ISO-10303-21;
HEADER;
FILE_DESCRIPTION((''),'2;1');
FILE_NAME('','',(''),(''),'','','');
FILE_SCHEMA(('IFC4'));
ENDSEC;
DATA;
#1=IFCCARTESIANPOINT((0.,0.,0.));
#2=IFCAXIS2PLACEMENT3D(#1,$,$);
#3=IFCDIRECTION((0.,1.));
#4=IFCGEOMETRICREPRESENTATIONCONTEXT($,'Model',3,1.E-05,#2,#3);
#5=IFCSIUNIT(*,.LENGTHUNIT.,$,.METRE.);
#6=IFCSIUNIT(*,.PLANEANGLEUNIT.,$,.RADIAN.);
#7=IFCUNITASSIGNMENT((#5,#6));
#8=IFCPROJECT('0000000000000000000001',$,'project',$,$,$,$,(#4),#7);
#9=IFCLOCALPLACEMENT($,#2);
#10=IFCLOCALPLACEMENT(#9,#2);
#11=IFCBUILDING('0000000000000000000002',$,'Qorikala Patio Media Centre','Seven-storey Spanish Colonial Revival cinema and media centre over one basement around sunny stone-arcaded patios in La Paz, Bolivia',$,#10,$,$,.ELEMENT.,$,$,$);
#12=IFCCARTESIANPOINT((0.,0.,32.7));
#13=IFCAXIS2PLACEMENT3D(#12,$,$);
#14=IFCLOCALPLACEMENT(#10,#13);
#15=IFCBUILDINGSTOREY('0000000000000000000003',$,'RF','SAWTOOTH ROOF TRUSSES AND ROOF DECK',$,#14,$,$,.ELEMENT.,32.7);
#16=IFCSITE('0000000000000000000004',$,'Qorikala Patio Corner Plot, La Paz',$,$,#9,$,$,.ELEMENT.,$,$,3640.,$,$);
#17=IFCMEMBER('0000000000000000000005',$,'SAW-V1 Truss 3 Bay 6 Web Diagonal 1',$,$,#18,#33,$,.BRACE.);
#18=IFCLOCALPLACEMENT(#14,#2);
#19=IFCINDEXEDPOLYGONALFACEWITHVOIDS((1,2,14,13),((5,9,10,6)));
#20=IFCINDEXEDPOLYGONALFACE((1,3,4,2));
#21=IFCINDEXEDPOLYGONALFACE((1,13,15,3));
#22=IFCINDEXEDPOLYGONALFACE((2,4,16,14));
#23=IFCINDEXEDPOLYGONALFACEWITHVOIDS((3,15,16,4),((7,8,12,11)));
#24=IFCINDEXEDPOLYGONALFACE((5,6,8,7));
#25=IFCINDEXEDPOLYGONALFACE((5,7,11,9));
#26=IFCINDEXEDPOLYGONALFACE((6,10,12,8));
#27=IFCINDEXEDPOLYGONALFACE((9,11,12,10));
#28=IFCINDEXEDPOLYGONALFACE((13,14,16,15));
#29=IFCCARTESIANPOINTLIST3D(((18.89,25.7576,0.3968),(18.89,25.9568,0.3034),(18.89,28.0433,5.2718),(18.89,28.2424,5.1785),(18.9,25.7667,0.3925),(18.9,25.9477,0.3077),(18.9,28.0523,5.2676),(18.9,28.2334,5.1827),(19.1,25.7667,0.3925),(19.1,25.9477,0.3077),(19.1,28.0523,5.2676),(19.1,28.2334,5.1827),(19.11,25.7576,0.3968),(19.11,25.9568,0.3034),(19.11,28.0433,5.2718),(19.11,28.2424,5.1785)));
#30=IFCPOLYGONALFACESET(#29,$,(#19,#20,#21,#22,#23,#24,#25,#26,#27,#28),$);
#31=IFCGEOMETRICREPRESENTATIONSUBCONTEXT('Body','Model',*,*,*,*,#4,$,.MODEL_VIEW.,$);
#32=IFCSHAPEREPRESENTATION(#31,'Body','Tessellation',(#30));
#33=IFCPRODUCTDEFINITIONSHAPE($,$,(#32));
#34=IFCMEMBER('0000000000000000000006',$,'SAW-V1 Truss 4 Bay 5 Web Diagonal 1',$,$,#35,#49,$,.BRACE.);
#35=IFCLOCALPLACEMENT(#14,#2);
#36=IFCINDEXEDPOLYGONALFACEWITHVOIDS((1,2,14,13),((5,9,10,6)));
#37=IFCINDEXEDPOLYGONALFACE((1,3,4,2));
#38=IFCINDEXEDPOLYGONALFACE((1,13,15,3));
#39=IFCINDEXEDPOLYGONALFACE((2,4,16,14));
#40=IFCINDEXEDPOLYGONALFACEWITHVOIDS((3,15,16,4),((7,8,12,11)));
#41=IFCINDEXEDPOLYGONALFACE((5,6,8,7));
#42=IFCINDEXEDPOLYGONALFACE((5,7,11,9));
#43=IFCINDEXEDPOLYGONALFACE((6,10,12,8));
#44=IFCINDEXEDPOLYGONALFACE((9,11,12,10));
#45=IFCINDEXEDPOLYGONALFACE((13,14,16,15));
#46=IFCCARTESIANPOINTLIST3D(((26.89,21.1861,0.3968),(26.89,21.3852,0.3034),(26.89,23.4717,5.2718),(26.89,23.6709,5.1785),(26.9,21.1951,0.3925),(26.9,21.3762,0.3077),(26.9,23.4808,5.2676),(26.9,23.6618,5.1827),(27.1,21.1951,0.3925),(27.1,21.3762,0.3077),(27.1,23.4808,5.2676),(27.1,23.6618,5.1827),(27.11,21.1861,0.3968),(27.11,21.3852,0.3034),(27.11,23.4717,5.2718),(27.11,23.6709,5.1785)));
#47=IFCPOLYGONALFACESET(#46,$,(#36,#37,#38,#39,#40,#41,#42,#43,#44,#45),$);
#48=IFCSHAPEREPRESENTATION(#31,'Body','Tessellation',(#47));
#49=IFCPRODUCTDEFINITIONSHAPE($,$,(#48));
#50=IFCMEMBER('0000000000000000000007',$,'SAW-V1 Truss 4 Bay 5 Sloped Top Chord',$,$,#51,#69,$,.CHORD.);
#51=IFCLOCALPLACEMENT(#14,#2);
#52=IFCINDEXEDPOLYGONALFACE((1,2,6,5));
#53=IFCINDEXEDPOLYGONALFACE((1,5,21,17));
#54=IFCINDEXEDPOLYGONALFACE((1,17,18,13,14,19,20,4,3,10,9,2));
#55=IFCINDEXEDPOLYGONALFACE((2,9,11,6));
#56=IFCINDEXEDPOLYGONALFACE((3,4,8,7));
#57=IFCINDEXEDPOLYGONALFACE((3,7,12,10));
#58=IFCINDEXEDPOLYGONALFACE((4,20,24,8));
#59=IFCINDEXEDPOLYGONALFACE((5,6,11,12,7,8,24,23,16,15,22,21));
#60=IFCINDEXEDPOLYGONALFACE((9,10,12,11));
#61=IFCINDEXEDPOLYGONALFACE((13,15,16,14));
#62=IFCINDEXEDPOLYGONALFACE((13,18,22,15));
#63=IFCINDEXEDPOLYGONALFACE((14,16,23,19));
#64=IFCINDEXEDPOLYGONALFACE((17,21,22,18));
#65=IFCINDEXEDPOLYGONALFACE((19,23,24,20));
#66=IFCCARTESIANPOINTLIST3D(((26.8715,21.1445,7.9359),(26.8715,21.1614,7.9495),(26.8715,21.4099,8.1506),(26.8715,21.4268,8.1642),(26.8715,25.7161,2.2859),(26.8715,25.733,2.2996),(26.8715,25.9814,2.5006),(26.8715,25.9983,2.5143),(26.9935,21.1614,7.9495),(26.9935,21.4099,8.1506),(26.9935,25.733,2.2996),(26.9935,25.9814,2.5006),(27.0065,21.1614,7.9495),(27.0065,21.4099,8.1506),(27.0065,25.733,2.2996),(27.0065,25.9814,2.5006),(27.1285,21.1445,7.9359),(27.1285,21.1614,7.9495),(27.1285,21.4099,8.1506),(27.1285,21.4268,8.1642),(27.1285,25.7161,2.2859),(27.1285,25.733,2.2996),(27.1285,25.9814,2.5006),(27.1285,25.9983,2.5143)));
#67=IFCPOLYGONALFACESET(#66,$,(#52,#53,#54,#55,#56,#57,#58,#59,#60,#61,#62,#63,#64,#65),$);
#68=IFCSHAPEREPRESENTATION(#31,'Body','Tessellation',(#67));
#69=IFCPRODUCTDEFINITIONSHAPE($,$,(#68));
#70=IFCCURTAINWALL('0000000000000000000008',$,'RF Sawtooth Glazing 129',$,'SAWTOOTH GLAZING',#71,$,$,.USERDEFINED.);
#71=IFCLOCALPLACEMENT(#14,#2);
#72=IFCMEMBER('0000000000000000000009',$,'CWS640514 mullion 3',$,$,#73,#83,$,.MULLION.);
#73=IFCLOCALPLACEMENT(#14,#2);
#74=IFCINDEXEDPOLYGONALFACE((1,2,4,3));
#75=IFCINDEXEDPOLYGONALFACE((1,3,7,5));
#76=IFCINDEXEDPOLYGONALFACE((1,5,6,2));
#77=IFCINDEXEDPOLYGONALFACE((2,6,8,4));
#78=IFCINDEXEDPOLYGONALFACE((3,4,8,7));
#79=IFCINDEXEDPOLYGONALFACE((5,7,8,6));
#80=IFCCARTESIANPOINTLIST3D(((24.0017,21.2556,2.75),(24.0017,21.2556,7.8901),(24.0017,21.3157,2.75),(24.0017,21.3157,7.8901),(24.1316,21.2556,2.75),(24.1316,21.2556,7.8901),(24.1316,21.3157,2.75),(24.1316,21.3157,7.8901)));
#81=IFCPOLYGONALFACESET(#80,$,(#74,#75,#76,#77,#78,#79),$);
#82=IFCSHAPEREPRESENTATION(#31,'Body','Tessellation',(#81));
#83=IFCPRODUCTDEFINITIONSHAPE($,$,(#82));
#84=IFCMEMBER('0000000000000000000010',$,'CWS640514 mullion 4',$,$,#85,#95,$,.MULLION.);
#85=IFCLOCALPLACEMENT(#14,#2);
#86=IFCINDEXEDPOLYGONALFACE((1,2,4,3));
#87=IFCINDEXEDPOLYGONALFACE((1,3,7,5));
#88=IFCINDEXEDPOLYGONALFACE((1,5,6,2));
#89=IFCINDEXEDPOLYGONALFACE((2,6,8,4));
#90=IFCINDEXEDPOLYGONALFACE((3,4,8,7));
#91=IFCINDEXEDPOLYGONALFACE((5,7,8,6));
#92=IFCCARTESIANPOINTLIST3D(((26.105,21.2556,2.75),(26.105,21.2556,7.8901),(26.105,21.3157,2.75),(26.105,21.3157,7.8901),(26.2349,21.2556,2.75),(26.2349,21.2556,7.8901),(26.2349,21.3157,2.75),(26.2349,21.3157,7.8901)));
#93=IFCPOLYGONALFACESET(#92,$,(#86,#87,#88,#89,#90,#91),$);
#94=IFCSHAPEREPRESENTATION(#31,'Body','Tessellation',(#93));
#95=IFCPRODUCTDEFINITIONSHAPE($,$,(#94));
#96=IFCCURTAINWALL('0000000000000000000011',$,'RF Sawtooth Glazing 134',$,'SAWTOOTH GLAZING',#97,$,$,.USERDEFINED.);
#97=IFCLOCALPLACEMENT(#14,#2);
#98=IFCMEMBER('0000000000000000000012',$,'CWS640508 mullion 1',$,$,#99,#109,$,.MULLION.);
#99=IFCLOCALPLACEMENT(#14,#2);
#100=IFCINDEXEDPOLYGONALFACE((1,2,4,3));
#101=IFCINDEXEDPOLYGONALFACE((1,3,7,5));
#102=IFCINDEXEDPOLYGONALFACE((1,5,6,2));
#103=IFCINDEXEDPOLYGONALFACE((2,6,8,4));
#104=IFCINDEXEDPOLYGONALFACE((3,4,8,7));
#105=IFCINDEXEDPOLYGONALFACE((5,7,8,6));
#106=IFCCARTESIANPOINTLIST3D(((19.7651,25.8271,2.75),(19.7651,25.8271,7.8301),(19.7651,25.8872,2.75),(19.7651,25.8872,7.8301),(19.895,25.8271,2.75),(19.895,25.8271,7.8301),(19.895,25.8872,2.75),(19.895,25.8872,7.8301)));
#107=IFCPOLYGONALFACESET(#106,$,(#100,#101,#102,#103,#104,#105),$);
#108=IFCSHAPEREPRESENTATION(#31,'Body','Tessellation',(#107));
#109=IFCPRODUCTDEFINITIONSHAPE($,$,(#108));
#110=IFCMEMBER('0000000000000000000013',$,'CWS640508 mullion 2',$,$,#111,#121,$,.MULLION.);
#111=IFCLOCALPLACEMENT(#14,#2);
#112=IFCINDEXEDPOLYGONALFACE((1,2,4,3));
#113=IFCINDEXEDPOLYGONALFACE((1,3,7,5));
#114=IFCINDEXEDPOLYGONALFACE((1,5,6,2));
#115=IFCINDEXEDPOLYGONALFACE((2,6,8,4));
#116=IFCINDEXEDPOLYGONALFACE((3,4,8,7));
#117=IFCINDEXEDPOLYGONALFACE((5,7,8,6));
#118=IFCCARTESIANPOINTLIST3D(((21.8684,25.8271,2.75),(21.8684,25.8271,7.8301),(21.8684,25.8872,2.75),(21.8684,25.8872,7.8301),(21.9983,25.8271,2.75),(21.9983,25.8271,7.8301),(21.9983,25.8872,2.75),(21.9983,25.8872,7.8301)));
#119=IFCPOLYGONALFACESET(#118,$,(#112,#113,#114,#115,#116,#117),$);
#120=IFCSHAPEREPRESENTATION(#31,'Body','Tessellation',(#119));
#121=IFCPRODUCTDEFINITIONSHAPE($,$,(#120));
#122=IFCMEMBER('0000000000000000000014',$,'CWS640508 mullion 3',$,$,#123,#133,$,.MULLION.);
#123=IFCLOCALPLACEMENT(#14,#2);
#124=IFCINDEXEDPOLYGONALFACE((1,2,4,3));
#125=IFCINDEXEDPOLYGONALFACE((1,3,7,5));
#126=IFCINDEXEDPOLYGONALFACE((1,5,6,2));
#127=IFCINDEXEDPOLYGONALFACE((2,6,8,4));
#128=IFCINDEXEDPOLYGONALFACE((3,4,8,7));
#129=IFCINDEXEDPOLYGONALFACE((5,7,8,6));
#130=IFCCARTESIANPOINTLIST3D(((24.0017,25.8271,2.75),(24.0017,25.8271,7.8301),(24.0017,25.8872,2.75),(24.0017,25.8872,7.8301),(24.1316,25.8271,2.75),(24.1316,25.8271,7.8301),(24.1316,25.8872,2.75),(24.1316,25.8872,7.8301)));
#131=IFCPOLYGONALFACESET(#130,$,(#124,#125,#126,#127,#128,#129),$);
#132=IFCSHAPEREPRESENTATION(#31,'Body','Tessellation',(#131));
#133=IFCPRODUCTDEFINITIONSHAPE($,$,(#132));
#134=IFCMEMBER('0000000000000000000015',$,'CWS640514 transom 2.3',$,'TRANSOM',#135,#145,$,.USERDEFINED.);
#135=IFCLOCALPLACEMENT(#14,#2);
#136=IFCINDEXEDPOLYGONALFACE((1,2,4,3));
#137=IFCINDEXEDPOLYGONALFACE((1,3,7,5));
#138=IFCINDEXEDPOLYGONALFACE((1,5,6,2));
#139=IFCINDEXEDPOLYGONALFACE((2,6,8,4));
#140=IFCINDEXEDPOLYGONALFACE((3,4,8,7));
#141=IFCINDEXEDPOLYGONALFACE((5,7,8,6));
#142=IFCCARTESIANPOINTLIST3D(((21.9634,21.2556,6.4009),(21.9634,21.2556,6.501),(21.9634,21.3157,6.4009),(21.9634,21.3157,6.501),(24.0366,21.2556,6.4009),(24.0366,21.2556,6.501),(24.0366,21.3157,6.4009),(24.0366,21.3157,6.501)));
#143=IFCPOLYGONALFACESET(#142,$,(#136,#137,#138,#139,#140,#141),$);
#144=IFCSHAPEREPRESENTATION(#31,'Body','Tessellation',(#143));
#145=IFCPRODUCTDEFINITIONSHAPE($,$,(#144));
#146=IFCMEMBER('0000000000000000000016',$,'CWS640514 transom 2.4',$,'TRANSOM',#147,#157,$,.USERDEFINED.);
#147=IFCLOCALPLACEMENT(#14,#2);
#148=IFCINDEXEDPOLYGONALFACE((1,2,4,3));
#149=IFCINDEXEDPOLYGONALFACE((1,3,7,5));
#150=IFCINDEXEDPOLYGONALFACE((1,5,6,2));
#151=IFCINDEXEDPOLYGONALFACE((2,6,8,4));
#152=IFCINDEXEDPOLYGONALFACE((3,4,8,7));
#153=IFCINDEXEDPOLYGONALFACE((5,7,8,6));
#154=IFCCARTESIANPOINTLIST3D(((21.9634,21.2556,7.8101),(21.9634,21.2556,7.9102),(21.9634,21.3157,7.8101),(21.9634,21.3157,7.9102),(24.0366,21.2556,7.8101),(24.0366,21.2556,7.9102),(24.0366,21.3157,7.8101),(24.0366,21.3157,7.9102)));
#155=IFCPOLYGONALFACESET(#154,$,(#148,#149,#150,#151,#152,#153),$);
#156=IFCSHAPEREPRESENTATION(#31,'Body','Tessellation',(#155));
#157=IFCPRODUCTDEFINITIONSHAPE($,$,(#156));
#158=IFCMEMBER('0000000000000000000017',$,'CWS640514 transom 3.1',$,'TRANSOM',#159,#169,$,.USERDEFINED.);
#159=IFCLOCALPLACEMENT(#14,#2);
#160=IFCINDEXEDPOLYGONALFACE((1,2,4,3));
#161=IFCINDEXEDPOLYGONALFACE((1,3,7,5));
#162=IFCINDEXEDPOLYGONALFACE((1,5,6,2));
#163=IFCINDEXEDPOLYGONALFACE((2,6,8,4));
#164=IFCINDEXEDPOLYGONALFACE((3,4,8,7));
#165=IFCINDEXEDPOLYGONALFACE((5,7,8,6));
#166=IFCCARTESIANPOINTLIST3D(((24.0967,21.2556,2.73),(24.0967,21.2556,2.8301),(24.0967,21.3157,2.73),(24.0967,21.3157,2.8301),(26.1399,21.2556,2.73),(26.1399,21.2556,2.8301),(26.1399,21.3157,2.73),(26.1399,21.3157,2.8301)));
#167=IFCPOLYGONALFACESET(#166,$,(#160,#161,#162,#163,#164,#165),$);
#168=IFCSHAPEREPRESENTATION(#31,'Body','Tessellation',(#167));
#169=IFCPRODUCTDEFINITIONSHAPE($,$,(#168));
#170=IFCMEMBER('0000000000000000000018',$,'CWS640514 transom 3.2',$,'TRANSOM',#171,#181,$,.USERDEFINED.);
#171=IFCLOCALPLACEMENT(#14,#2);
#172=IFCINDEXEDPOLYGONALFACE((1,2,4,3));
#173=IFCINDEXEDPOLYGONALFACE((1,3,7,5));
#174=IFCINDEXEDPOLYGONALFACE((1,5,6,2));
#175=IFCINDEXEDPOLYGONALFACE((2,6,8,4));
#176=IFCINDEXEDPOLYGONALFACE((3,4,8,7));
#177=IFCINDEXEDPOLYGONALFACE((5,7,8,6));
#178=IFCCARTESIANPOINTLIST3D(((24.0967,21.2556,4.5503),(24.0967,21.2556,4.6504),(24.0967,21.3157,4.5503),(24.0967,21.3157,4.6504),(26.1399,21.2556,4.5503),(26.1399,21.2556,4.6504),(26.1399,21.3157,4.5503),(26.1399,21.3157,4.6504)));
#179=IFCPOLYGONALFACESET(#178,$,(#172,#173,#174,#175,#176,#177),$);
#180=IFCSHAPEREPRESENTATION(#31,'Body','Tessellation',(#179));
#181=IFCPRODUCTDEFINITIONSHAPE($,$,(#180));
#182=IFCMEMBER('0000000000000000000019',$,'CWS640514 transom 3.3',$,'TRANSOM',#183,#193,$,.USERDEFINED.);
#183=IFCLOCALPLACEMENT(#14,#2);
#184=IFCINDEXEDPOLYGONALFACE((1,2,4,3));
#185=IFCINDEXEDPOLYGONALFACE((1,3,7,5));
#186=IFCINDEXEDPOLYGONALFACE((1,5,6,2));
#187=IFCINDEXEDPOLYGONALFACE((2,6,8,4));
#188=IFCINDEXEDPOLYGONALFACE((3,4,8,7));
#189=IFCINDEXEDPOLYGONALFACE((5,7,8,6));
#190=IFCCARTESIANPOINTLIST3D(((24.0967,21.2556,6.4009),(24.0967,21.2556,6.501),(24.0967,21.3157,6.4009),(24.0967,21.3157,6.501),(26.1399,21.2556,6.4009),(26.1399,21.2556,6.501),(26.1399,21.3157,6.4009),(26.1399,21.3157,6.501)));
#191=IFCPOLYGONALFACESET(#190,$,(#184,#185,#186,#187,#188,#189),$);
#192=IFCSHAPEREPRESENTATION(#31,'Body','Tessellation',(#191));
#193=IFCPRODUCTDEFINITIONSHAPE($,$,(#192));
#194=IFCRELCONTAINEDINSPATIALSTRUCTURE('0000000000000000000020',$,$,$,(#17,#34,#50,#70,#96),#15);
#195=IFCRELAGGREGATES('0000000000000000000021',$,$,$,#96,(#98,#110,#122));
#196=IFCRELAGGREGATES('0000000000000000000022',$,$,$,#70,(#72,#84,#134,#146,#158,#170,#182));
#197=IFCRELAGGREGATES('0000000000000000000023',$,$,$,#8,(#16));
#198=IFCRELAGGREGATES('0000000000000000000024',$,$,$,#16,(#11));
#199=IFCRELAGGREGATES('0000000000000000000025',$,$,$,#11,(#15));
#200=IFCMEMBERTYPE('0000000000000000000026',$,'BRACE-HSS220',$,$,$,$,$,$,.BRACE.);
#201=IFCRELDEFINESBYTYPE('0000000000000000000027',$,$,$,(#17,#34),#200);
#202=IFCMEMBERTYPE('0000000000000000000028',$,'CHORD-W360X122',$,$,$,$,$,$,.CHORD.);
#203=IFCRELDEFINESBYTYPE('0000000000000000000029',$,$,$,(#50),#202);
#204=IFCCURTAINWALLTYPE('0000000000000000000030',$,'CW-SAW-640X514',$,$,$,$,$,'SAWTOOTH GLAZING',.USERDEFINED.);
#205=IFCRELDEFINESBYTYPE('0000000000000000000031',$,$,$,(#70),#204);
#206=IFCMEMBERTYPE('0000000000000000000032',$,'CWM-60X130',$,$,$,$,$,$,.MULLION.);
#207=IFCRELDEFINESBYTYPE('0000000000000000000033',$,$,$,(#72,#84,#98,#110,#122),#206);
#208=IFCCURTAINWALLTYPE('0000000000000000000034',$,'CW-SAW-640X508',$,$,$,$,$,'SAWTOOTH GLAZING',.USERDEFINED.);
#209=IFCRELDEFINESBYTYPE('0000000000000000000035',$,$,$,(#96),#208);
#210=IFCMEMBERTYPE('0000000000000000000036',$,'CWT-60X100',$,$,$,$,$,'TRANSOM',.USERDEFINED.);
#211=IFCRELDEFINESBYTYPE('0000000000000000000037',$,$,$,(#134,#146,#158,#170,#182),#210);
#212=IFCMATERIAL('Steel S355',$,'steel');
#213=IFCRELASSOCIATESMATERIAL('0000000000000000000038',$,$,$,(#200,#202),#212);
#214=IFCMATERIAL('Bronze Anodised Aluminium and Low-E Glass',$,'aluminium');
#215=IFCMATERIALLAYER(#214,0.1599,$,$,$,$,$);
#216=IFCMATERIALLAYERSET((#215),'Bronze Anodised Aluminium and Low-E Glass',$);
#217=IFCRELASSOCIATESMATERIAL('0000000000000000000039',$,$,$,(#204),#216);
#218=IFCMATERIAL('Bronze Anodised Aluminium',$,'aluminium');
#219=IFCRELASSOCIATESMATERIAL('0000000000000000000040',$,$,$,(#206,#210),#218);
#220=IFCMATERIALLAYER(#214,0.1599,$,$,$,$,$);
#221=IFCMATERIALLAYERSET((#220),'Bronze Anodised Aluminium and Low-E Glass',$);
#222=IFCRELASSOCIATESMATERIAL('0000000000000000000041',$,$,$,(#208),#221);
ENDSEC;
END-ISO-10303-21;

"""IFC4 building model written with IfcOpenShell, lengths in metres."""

from ifc_helpers import new_model, si_unit, direction, frame, origin, origin_2d, place, context, subcontext, project, spatial, rectangle, hollow_rectangle, i_section, extrude, material, layer, layer_set, material_profile, profile_set, type_object, element, aggregate, save


model = new_model("IFC4")

# Units and contexts
model_context = context("Model", 3, precision=1e-05, world=origin(), true_north=direction((0.0, 1.0)))
body_context = subcontext(model_context, "Body", "Model", "MODEL_VIEW")
ifc_project = project(units=[si_unit("LENGTHUNIT", "METRE"), si_unit("PLANEANGLEUNIT", "RADIAN")], contexts=[model_context])

# Site, building, storey
site_placement = place(None, origin())
site = spatial("IfcSite", under=ifc_project, at=site_placement, Name="Qorikala Patio Corner Plot, La Paz", CompositionType="ELEMENT", RefElevation=3640.0)
building_placement = place(site_placement, origin())
building = spatial("IfcBuilding", under=site, at=building_placement, Name="Qorikala Patio Media Centre", Description="Seven-storey Spanish Colonial Revival cinema and media centre over one basement around sunny stone-arcaded patios in La Paz, Bolivia", CompositionType="ELEMENT")
storey_placement = place(building_placement, frame((0.0, 0.0, 32.7)))
storey = spatial("IfcBuildingStorey", under=building, at=storey_placement, Name="RF", Description="SAWTOOTH ROOF TRUSSES AND ROOF DECK", CompositionType="ELEMENT", Elevation=32.7)

# Members
ifc_material_1 = material(Name="Steel S355", Category="steel")
ifc_material_profile_1 = material_profile(ifc_material_1, hollow_rectangle(XDim=0.22, YDim=0.22, WallThickness=0.01, at=origin_2d()), Name="HSS220X220X10")
ifc_profile_set_1 = profile_set([ifc_material_profile_1], Name="Steel S355")
member_type_1 = type_object("IfcMemberType", Name="BRACE-HSS220", PredefinedType="BRACE", material=ifc_profile_set_1)
for number, where, z_axis, x_axis, name in (
    (1, (19.0, 25.8572, 0.3501), (0.0, 0.424508, 0.905424), (-1.0, 0.0, 0.0), "SAW-V1 Truss 3 Bay 6 Web Diagonal 1"),
    (2, (27.0, 21.2856, 0.3501), (0.0, 0.424508, 0.905424), (-1.0, 0.0, 0.0), "SAW-V1 Truss 4 Bay 5 Web Diagonal 1"),
):
    element("IfcMember", number, at=place(storey_placement, frame(where, z_axis=z_axis, x_axis=x_axis)), inside=storey, type_object=member_type_1, Name=name, PredefinedType="BRACE", context=body_context, shape_type="SweptSolid", body=[
        extrude(hollow_rectangle(XDim=0.22, YDim=0.22, WallThickness=0.01, at=origin_2d()), origin(), (0.0, 0.0, 1.0), 5.3843),
    ])
ifc_material_profile_2 = material_profile(ifc_material_1, i_section(OverallWidth=0.2571, OverallDepth=0.363, WebThickness=0.0129, FlangeThickness=0.0217, at=origin_2d()), Name="W360X122")
ifc_profile_set_2 = profile_set([ifc_material_profile_2], Name="Steel S355")
member_type_2 = type_object("IfcMemberType", Name="CHORD-W360X122", PredefinedType="CHORD", material=ifc_profile_set_2)
member_1_placement = place(storey_placement, frame((27.0, 21.2856, 8.05), z_axis=(0.0, 0.629016, -0.777393), x_axis=(-1.0, 0.0, 0.0)))
element("IfcMember", 3, at=member_1_placement, inside=storey, type_object=member_type_2, Name="SAW-V1 Truss 4 Bay 5 Sloped Top Chord", PredefinedType="CHORD", context=body_context, shape_type="SweptSolid", body=[
    extrude(i_section(OverallWidth=0.2571, OverallDepth=0.363, WebThickness=0.0129, FlangeThickness=0.0217, at=origin_2d()), origin(), (0.0, 0.0, 1.0), 7.2678),
])

# Curtain walls, members
ifc_material_2 = material(Name="Bronze Anodised Aluminium and Low-E Glass", Category="aluminium")
ifc_layer_1 = layer(ifc_material_2, 0.1599)
ifc_layer_set_1 = layer_set([ifc_layer_1], Name="Bronze Anodised Aluminium and Low-E Glass")
curtain_wall_type_1 = type_object("IfcCurtainWallType", Name="CW-SAW-640X514", ElementType="SAWTOOTH GLAZING", PredefinedType="USERDEFINED", material=ifc_layer_set_1)
curtain_wall_1_placement = place(storey_placement, origin())
curtain_wall_1 = element("IfcCurtainWall", 4, at=curtain_wall_1_placement, inside=storey, type_object=curtain_wall_type_1, Name="RF Sawtooth Glazing 129", ObjectType="SAWTOOTH GLAZING", PredefinedType="USERDEFINED")
ifc_material_3 = material(Name="Bronze Anodised Aluminium", Category="aluminium")
ifc_material_profile_3 = material_profile(ifc_material_3, rectangle(XDim=0.0601, YDim=0.1299, at=origin_2d()), Name="ALU MULLION 60x130")
ifc_profile_set_3 = profile_set([ifc_material_profile_3], Name="Bronze Anodised Aluminium")
member_type_3 = type_object("IfcMemberType", Name="CWM-60X130", PredefinedType="MULLION", material=ifc_profile_set_3)
member_2_placement = place(storey_placement, frame((24.0667, 21.2856, 2.75), z_axis=(0.0, 0.0, 1.0), x_axis=(0.0, 1.0, 0.0)))
member_2 = element("IfcMember", 5, at=member_2_placement, type_object=member_type_3, Name="CWS640514 mullion 3", PredefinedType="MULLION", context=body_context, shape_type="SweptSolid", body=[
    extrude(rectangle(XDim=0.0601, YDim=0.1299, at=origin_2d()), origin(), (0.0, 0.0, 1.0), 5.1401),
])
member_3_placement = place(storey_placement, frame((26.1699, 21.2856, 2.75), z_axis=(0.0, 0.0, 1.0), x_axis=(0.0, 1.0, 0.0)))
member_3 = element("IfcMember", 6, at=member_3_placement, type_object=member_type_3, Name="CWS640514 mullion 4", PredefinedType="MULLION", context=body_context, shape_type="SweptSolid", body=[
    extrude(rectangle(XDim=0.0601, YDim=0.1299, at=origin_2d()), origin(), (0.0, 0.0, 1.0), 5.1401),
])
ifc_layer_2 = layer(ifc_material_2, 0.1599)
ifc_layer_set_2 = layer_set([ifc_layer_2], Name="Bronze Anodised Aluminium and Low-E Glass")
curtain_wall_type_2 = type_object("IfcCurtainWallType", Name="CW-SAW-640X508", ElementType="SAWTOOTH GLAZING", PredefinedType="USERDEFINED", material=ifc_layer_set_2)
curtain_wall_2_placement = place(storey_placement, origin())
curtain_wall_2 = element("IfcCurtainWall", 7, at=curtain_wall_2_placement, inside=storey, type_object=curtain_wall_type_2, Name="RF Sawtooth Glazing 134", ObjectType="SAWTOOTH GLAZING", PredefinedType="USERDEFINED")
member_4_placement = place(storey_placement, frame((19.8301, 25.8572, 2.75), z_axis=(0.0, 0.0, 1.0), x_axis=(0.0, 1.0, 0.0)))
member_4 = element("IfcMember", 8, at=member_4_placement, type_object=member_type_3, Name="CWS640508 mullion 1", PredefinedType="MULLION", context=body_context, shape_type="SweptSolid", body=[
    extrude(rectangle(XDim=0.0601, YDim=0.1299, at=origin_2d()), origin(), (0.0, 0.0, 1.0), 5.0801),
])
member_5_placement = place(storey_placement, frame((21.9333, 25.8572, 2.75), z_axis=(0.0, 0.0, 1.0), x_axis=(0.0, 1.0, 0.0)))
member_5 = element("IfcMember", 9, at=member_5_placement, type_object=member_type_3, Name="CWS640508 mullion 2", PredefinedType="MULLION", context=body_context, shape_type="SweptSolid", body=[
    extrude(rectangle(XDim=0.0601, YDim=0.1299, at=origin_2d()), origin(), (0.0, 0.0, 1.0), 5.0801),
])
member_6_placement = place(storey_placement, frame((24.0667, 25.8572, 2.75), z_axis=(0.0, 0.0, 1.0), x_axis=(0.0, 1.0, 0.0)))
member_6 = element("IfcMember", 10, at=member_6_placement, type_object=member_type_3, Name="CWS640508 mullion 3", PredefinedType="MULLION", context=body_context, shape_type="SweptSolid", body=[
    extrude(rectangle(XDim=0.0601, YDim=0.1299, at=origin_2d()), origin(), (0.0, 0.0, 1.0), 5.0801),
])
aggregate(curtain_wall_2, [member_4, member_5, member_6])

# Members
ifc_material_profile_4 = material_profile(ifc_material_3, rectangle(XDim=0.0601, YDim=0.1001, at=origin_2d()), Name="ALU TRANSOM 60x100")
ifc_profile_set_4 = profile_set([ifc_material_profile_4], Name="Bronze Anodised Aluminium")
member_type_4 = type_object("IfcMemberType", Name="CWT-60X100", ElementType="TRANSOM", PredefinedType="USERDEFINED", material=ifc_profile_set_4)
member_7_placement = place(storey_placement, frame((21.9634, 21.2856, 6.4509), z_axis=(1.0, 0.0, 0.0), x_axis=(0.0, 1.0, 0.0)))
member_7 = element("IfcMember", 11, at=member_7_placement, type_object=member_type_4, Name="CWS640514 transom 2.3", ObjectType="TRANSOM", PredefinedType="USERDEFINED", context=body_context, shape_type="SweptSolid", body=[
    extrude(rectangle(XDim=0.0601, YDim=0.1001, at=origin_2d()), origin(), (0.0, 0.0, 1.0), 2.0732),
])
member_8_placement = place(storey_placement, frame((21.9634, 21.2856, 7.8601), z_axis=(1.0, 0.0, 0.0), x_axis=(0.0, 1.0, 0.0)))
member_8 = element("IfcMember", 12, at=member_8_placement, type_object=member_type_4, Name="CWS640514 transom 2.4", ObjectType="TRANSOM", PredefinedType="USERDEFINED", context=body_context, shape_type="SweptSolid", body=[
    extrude(rectangle(XDim=0.0601, YDim=0.1001, at=origin_2d()), origin(), (0.0, 0.0, 1.0), 2.0732),
])
member_9_placement = place(storey_placement, frame((24.0967, 21.2856, 2.78), z_axis=(1.0, 0.0, 0.0), x_axis=(0.0, 1.0, 0.0)))
member_9 = element("IfcMember", 13, at=member_9_placement, type_object=member_type_4, Name="CWS640514 transom 3.1", ObjectType="TRANSOM", PredefinedType="USERDEFINED", context=body_context, shape_type="SweptSolid", body=[
    extrude(rectangle(XDim=0.0601, YDim=0.1001, at=origin_2d()), origin(), (0.0, 0.0, 1.0), 2.0432),
])
member_10_placement = place(storey_placement, frame((24.0967, 21.2856, 4.6003), z_axis=(1.0, 0.0, 0.0), x_axis=(0.0, 1.0, 0.0)))
member_10 = element("IfcMember", 14, at=member_10_placement, type_object=member_type_4, Name="CWS640514 transom 3.2", ObjectType="TRANSOM", PredefinedType="USERDEFINED", context=body_context, shape_type="SweptSolid", body=[
    extrude(rectangle(XDim=0.0601, YDim=0.1001, at=origin_2d()), origin(), (0.0, 0.0, 1.0), 2.0432),
])
member_11_placement = place(storey_placement, frame((24.0967, 21.2856, 6.4509), z_axis=(1.0, 0.0, 0.0), x_axis=(0.0, 1.0, 0.0)))
member_11 = element("IfcMember", 15, at=member_11_placement, type_object=member_type_4, Name="CWS640514 transom 3.3", ObjectType="TRANSOM", PredefinedType="USERDEFINED", context=body_context, shape_type="SweptSolid", body=[
    extrude(rectangle(XDim=0.0601, YDim=0.1001, at=origin_2d()), origin(), (0.0, 0.0, 1.0), 2.0432),
])

aggregate(curtain_wall_1, [member_2, member_3, member_7, member_8, member_9, member_10, member_11])

save(model, "model.ifc")
